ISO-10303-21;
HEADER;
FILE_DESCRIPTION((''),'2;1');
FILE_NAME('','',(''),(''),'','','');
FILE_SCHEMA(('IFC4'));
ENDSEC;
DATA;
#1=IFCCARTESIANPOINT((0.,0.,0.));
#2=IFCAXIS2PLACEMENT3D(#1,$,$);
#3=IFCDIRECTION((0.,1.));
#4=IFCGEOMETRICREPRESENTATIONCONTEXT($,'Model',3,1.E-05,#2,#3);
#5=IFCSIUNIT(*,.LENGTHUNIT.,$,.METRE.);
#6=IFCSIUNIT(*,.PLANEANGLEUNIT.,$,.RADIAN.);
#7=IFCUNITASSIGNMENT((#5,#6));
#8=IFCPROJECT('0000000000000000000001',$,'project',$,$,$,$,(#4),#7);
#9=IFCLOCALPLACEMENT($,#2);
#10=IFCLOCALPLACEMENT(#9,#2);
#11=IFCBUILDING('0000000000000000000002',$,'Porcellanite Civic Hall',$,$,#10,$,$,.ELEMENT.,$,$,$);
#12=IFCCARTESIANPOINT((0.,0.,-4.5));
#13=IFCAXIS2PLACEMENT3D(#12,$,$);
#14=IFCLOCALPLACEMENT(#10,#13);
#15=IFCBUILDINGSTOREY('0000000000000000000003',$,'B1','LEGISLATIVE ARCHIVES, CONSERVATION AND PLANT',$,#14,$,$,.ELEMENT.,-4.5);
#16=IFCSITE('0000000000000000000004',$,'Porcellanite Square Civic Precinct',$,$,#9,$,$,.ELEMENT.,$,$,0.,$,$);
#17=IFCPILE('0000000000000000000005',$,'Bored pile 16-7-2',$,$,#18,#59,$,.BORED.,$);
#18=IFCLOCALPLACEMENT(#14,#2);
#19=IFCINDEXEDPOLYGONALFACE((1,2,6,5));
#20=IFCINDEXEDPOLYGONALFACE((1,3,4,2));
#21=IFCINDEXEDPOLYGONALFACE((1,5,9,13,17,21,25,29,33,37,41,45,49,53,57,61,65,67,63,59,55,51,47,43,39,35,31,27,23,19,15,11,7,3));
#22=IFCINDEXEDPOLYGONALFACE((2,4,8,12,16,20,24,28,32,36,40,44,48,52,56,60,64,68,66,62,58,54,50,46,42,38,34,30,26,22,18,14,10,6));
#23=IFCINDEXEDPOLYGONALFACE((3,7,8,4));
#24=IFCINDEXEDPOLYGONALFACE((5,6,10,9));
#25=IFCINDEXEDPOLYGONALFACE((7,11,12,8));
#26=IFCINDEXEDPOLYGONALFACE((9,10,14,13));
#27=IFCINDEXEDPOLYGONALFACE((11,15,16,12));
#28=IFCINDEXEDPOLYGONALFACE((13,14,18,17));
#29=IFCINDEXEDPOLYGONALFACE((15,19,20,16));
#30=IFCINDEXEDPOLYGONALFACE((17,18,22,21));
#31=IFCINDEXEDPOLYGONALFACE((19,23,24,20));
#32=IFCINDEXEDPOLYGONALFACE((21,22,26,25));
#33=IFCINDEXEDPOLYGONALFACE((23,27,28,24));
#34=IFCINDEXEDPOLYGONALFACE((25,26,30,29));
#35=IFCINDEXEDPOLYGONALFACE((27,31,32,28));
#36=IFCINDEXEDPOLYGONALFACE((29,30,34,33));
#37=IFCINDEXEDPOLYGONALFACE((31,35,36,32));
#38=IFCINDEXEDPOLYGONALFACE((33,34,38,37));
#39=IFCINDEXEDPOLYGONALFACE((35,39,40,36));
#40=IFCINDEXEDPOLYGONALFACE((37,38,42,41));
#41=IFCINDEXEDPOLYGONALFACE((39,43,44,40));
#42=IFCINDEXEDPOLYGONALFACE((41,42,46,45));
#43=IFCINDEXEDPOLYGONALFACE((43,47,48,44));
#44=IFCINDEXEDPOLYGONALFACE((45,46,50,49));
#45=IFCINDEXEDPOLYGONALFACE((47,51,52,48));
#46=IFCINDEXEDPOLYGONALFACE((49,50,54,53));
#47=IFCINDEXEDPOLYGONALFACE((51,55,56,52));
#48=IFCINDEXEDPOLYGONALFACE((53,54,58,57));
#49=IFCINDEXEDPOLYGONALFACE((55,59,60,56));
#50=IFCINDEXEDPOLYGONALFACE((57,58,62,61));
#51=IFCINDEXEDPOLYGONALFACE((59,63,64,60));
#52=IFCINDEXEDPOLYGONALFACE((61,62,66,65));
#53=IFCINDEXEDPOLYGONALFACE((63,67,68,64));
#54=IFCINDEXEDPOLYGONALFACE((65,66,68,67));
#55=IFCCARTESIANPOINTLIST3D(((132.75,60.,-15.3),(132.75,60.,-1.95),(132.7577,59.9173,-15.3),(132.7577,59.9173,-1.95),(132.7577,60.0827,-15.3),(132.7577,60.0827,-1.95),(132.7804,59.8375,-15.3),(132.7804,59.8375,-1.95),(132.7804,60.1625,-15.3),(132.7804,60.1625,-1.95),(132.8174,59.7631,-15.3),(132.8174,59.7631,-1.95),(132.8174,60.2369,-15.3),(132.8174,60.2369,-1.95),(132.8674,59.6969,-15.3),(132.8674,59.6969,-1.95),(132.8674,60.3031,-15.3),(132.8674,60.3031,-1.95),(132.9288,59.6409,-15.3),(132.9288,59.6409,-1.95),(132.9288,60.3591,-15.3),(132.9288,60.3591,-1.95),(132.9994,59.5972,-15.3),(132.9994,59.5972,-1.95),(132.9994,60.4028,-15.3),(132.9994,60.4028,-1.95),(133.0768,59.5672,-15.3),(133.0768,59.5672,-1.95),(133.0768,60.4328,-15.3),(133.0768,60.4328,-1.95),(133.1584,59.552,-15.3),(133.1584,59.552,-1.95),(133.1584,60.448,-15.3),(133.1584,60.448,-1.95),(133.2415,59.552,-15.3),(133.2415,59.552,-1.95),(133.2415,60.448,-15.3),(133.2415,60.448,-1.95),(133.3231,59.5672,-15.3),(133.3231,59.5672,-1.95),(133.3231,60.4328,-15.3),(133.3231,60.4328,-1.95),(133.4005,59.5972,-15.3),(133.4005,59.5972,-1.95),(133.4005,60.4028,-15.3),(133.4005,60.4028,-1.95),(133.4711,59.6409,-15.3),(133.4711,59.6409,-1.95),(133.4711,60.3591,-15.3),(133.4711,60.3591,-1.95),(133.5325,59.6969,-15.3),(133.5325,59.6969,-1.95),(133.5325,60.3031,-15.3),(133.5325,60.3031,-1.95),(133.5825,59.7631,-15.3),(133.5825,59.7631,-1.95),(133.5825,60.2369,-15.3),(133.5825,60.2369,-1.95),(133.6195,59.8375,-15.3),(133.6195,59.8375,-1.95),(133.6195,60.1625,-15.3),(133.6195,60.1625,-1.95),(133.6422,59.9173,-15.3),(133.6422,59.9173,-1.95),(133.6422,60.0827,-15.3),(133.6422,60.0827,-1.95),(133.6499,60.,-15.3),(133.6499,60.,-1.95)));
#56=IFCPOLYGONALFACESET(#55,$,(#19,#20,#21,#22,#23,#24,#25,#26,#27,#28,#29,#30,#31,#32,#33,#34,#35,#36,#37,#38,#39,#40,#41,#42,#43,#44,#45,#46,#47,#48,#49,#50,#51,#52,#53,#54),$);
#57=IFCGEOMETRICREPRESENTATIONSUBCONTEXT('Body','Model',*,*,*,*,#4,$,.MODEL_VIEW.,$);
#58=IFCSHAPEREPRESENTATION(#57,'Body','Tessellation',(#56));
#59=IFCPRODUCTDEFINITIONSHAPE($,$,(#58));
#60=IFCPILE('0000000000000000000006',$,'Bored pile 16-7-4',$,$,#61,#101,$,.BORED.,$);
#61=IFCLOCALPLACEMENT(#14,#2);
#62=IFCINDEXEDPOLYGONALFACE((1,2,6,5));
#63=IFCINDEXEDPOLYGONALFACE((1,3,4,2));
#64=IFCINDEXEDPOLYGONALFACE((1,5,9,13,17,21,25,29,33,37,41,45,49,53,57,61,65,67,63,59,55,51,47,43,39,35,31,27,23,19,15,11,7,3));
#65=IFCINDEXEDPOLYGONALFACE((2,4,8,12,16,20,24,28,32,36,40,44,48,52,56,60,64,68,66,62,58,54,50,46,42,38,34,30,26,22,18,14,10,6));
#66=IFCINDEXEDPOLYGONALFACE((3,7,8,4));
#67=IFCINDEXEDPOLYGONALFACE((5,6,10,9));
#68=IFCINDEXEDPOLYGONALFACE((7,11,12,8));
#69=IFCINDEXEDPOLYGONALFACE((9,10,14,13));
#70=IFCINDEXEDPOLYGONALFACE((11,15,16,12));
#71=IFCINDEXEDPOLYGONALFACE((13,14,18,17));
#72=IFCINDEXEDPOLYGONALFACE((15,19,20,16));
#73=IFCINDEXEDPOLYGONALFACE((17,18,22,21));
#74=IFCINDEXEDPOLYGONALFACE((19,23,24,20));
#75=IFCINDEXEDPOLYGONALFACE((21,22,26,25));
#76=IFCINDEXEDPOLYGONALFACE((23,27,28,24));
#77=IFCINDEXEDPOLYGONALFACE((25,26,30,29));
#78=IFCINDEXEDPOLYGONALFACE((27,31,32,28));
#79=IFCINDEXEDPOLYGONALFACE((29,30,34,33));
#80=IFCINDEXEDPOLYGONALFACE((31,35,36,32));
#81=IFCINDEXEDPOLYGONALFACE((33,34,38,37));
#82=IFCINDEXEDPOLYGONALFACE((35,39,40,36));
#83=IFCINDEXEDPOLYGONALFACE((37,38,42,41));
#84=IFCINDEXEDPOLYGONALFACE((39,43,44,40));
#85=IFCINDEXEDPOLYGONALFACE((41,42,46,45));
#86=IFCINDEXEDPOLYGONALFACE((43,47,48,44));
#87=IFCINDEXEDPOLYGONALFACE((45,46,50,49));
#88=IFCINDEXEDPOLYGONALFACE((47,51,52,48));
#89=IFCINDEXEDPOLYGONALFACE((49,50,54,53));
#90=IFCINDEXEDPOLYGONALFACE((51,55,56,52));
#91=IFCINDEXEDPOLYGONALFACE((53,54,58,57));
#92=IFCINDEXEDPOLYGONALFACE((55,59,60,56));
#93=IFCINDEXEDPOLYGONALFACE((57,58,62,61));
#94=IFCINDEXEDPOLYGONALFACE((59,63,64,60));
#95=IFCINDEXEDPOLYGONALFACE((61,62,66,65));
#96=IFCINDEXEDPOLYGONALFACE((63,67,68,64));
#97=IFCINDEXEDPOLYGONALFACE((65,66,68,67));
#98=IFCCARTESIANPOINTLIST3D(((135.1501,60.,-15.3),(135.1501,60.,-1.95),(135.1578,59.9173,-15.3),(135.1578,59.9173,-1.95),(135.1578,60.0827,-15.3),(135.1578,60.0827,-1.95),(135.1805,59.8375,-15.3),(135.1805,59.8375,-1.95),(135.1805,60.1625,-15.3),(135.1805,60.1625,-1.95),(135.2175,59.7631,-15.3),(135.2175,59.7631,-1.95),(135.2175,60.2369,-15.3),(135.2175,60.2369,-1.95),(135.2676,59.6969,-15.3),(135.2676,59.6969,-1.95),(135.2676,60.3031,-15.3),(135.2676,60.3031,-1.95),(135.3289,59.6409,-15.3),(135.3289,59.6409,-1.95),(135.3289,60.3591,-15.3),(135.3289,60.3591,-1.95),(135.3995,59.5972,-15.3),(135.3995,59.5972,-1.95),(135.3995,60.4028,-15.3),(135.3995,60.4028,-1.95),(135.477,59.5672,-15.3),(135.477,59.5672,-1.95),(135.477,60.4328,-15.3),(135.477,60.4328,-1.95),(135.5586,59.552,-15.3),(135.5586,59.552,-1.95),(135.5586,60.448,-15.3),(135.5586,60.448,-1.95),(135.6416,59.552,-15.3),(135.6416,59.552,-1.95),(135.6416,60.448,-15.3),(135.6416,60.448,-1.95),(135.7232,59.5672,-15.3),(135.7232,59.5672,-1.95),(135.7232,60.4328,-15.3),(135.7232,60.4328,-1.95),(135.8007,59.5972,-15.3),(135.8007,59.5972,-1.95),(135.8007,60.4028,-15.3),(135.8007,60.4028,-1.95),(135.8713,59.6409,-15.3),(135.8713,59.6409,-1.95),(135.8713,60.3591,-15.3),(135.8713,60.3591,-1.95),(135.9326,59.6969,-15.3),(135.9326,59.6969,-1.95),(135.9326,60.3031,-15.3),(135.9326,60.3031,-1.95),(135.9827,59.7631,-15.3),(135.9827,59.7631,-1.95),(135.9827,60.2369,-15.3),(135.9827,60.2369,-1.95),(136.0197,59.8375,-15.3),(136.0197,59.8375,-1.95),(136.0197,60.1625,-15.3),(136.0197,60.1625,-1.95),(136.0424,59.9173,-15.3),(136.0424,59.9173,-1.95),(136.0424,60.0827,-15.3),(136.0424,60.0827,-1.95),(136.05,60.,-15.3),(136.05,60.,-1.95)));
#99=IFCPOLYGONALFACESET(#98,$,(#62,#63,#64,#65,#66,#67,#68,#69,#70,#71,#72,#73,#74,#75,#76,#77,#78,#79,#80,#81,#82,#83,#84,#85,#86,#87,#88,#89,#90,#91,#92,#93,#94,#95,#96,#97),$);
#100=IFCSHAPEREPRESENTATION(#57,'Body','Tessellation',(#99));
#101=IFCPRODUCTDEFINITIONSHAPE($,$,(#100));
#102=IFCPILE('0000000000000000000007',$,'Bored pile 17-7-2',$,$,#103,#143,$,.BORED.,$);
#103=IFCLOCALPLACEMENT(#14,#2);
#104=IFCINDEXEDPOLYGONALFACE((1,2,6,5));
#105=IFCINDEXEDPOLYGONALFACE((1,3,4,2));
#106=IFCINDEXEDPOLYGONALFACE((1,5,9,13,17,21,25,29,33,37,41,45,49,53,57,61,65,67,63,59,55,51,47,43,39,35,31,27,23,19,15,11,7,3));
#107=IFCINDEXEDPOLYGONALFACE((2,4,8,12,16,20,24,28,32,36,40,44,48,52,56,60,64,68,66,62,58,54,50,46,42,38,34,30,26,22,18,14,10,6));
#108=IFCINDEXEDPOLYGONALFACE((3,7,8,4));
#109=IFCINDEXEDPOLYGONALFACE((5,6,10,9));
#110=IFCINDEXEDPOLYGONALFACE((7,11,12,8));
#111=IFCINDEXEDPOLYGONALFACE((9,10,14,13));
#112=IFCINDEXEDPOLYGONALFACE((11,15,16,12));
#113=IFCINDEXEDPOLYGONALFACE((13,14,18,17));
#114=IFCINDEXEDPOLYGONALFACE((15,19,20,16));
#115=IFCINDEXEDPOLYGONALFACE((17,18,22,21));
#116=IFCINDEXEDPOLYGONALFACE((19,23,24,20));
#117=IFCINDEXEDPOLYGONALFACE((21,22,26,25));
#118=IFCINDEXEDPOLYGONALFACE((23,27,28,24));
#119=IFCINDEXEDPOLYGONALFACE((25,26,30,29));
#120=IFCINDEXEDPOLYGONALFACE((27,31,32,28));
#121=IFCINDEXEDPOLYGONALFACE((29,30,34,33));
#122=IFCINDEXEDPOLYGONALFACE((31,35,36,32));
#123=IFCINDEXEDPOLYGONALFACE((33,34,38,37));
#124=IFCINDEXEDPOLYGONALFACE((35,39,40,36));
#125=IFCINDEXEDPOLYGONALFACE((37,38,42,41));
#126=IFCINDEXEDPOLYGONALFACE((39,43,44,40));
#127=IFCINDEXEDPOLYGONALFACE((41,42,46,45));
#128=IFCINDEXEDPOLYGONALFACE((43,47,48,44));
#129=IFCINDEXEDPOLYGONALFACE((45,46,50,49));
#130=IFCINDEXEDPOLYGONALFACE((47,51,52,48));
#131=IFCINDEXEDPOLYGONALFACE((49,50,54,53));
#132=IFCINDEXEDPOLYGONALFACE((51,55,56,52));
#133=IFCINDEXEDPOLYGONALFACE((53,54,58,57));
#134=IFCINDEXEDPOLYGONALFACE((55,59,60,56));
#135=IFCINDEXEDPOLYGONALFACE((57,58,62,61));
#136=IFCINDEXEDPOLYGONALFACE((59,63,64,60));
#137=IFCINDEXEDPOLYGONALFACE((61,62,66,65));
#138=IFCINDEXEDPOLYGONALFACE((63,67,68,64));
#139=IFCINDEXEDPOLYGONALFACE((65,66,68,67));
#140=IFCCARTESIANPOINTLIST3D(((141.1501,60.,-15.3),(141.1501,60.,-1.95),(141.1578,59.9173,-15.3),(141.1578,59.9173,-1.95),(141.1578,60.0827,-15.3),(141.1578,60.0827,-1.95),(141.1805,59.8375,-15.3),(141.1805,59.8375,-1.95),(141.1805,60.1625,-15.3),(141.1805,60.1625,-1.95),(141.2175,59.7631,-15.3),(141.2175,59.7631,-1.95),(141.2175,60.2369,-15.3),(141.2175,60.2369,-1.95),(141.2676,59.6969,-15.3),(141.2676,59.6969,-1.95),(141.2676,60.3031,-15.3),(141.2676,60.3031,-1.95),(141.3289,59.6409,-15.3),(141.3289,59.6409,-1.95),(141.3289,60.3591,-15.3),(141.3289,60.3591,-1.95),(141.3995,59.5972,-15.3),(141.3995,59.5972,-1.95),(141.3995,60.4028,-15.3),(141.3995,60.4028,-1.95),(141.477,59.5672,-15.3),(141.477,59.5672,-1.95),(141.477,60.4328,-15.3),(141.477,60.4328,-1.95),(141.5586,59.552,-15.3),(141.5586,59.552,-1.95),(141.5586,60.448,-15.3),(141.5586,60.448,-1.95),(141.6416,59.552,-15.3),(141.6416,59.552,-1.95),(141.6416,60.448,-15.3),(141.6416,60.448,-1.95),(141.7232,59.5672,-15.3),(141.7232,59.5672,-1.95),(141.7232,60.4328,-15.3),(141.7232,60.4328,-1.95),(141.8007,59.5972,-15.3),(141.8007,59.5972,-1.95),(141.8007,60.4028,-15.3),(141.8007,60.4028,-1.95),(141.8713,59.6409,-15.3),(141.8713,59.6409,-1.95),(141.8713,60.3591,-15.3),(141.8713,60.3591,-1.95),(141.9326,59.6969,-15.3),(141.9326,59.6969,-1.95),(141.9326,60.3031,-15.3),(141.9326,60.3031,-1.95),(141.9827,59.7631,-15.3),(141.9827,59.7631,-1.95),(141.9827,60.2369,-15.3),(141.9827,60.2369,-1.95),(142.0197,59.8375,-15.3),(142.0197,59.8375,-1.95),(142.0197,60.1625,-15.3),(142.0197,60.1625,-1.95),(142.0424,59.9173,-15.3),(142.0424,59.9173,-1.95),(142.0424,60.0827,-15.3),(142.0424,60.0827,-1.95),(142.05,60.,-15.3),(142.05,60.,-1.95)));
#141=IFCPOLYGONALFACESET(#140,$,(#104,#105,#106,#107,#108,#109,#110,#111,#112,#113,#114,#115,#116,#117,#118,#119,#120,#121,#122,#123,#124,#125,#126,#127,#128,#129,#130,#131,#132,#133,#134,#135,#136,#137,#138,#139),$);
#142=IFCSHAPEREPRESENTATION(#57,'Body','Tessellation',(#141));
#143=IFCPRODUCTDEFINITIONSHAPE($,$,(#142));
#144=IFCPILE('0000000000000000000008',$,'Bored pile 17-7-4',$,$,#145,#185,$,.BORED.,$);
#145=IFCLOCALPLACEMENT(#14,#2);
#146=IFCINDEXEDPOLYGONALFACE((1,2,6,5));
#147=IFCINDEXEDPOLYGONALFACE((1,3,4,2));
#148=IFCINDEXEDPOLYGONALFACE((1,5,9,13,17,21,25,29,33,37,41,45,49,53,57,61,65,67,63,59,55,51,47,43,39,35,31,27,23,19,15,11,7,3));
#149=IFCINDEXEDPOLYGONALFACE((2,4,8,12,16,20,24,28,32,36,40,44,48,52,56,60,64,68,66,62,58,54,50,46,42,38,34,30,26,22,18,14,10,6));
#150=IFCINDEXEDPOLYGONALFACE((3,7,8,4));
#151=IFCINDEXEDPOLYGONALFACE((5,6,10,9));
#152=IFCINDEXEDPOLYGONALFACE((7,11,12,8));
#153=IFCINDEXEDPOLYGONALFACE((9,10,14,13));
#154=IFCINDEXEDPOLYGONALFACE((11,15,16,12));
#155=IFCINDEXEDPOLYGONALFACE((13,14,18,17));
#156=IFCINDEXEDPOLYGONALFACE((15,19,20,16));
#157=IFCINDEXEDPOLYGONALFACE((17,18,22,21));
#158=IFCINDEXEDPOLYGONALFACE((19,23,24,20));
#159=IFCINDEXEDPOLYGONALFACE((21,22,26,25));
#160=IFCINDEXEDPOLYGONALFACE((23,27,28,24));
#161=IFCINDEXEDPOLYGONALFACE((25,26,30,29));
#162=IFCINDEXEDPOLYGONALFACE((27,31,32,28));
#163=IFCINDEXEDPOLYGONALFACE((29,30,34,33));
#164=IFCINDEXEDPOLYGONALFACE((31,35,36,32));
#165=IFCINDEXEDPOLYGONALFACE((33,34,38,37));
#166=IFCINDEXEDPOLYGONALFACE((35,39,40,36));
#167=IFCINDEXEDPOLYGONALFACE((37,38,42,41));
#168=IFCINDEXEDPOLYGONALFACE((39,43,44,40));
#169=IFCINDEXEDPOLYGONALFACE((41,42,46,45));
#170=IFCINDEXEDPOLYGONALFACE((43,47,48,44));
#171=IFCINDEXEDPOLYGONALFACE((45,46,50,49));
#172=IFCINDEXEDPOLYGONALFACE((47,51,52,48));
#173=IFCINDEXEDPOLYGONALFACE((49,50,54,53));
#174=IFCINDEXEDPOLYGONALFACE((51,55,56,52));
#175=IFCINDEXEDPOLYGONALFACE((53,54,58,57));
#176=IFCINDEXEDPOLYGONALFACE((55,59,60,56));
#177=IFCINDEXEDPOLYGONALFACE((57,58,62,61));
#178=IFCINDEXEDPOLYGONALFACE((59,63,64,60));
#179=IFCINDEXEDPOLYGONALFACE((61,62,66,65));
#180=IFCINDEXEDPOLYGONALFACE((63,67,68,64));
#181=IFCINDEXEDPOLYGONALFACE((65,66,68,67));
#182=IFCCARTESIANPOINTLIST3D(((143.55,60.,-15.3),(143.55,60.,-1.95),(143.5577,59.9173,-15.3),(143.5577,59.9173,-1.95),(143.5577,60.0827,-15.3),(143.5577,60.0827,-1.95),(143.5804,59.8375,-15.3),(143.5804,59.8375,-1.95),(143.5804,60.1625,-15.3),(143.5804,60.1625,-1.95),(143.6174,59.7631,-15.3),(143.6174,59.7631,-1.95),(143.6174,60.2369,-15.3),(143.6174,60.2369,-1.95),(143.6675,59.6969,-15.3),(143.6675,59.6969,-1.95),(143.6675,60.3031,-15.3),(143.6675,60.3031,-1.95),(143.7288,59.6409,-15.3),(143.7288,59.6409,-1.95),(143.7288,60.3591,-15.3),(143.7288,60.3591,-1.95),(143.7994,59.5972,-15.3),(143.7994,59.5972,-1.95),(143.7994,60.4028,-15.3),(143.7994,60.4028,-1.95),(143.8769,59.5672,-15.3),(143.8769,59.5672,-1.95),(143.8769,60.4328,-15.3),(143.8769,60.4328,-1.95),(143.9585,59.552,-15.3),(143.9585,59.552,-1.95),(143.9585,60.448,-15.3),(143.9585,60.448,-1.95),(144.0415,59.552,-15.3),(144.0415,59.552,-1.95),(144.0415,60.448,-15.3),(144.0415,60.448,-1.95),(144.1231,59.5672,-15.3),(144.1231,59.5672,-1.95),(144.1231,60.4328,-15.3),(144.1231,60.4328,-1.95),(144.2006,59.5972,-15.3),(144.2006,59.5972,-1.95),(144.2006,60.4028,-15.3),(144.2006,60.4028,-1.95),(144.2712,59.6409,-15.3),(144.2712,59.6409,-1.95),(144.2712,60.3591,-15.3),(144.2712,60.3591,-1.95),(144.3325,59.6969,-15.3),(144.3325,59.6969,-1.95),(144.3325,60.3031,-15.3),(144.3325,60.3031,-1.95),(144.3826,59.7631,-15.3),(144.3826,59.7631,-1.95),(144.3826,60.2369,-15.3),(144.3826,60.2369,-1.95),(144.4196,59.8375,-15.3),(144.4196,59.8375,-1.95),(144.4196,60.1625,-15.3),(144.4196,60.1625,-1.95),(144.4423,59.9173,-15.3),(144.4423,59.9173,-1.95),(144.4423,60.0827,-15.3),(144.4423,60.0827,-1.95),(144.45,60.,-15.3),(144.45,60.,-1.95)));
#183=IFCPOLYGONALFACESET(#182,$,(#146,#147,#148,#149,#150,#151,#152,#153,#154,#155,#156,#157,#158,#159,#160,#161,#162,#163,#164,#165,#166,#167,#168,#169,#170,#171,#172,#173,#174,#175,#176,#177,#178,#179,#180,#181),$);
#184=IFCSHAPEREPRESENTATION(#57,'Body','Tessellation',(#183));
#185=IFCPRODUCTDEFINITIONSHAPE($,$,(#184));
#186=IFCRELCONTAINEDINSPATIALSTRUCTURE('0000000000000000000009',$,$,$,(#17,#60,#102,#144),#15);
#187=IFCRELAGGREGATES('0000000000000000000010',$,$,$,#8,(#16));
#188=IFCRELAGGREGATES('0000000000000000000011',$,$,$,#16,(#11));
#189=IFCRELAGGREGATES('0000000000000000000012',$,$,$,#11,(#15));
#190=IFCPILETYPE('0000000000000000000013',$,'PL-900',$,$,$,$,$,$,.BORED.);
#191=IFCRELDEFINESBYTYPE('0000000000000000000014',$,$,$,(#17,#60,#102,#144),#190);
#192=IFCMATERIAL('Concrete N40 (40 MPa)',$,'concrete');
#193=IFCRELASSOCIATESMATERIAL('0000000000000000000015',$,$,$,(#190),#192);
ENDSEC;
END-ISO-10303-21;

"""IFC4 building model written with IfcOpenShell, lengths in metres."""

from ifc_helpers import new_model, si_unit, direction, frame, origin, origin_2d, place, context, subcontext, project, spatial, circle, extrude, material, material_profile, profile_set, type_object, element, save


model = new_model("IFC4")

# Units and contexts
model_context = context("Model", 3, precision=1e-05, world=origin(), true_north=direction((0.0, 1.0)))
body_context = subcontext(model_context, "Body", "Model", "MODEL_VIEW")
ifc_project = project(units=[si_unit("LENGTHUNIT", "METRE"), si_unit("PLANEANGLEUNIT", "RADIAN")], contexts=[model_context])

# Site, building, storey
site_placement = place(None, origin())
site = spatial("IfcSite", under=ifc_project, at=site_placement, Name="Porcellanite Square Civic Precinct", CompositionType="ELEMENT", RefElevation=0.0)
building_placement = place(site_placement, origin())
building = spatial("IfcBuilding", under=site, at=building_placement, Name="Porcellanite Civic Hall", CompositionType="ELEMENT")
storey_placement = place(building_placement, frame((0.0, 0.0, -4.5)))
storey = spatial("IfcBuildingStorey", under=building, at=storey_placement, Name="B1", Description="LEGISLATIVE ARCHIVES, CONSERVATION AND PLANT", CompositionType="ELEMENT", Elevation=-4.5)

# Piles
ifc_material_1 = material(Name="Concrete N40 (40 MPa)", Category="concrete")
ifc_material_profile_1 = material_profile(ifc_material_1, circle(Radius=0.45, at=origin_2d()), Name="PILE-D900")
ifc_profile_set_1 = profile_set([ifc_material_profile_1], Name="Concrete N40 (40 MPa)")
pile_type_1 = type_object("IfcPileType", Name="PL-900", PredefinedType="BORED", material=ifc_profile_set_1)
for number, where, z_axis, x_axis, name in (
    (1, (133.2, 60.0, -1.95), (0.0, 0.0, -1.0), (1.0, 0.0, 0.0), "Bored pile 16-7-2"),
    (2, (135.6001, 60.0, -1.95), (0.0, 0.0, -1.0), (1.0, 0.0, 0.0), "Bored pile 16-7-4"),
    (3, (141.6001, 60.0, -1.95), (0.0, 0.0, -1.0), (1.0, 0.0, 0.0), "Bored pile 17-7-2"),
    (4, (144.0, 60.0, -1.95), (0.0, 0.0, -1.0), (1.0, 0.0, 0.0), "Bored pile 17-7-4"),
):
    element("IfcPile", number, at=place(storey_placement, frame(where, z_axis=z_axis, x_axis=x_axis)), inside=storey, type_object=pile_type_1, Name=name, PredefinedType="BORED", context=body_context, shape_type="SweptSolid", body=[
        extrude(circle(Radius=0.45, at=origin_2d()), origin(), (0.0, 0.0, 1.0), 13.3501),
    ])

save(model, "model.ifc")
